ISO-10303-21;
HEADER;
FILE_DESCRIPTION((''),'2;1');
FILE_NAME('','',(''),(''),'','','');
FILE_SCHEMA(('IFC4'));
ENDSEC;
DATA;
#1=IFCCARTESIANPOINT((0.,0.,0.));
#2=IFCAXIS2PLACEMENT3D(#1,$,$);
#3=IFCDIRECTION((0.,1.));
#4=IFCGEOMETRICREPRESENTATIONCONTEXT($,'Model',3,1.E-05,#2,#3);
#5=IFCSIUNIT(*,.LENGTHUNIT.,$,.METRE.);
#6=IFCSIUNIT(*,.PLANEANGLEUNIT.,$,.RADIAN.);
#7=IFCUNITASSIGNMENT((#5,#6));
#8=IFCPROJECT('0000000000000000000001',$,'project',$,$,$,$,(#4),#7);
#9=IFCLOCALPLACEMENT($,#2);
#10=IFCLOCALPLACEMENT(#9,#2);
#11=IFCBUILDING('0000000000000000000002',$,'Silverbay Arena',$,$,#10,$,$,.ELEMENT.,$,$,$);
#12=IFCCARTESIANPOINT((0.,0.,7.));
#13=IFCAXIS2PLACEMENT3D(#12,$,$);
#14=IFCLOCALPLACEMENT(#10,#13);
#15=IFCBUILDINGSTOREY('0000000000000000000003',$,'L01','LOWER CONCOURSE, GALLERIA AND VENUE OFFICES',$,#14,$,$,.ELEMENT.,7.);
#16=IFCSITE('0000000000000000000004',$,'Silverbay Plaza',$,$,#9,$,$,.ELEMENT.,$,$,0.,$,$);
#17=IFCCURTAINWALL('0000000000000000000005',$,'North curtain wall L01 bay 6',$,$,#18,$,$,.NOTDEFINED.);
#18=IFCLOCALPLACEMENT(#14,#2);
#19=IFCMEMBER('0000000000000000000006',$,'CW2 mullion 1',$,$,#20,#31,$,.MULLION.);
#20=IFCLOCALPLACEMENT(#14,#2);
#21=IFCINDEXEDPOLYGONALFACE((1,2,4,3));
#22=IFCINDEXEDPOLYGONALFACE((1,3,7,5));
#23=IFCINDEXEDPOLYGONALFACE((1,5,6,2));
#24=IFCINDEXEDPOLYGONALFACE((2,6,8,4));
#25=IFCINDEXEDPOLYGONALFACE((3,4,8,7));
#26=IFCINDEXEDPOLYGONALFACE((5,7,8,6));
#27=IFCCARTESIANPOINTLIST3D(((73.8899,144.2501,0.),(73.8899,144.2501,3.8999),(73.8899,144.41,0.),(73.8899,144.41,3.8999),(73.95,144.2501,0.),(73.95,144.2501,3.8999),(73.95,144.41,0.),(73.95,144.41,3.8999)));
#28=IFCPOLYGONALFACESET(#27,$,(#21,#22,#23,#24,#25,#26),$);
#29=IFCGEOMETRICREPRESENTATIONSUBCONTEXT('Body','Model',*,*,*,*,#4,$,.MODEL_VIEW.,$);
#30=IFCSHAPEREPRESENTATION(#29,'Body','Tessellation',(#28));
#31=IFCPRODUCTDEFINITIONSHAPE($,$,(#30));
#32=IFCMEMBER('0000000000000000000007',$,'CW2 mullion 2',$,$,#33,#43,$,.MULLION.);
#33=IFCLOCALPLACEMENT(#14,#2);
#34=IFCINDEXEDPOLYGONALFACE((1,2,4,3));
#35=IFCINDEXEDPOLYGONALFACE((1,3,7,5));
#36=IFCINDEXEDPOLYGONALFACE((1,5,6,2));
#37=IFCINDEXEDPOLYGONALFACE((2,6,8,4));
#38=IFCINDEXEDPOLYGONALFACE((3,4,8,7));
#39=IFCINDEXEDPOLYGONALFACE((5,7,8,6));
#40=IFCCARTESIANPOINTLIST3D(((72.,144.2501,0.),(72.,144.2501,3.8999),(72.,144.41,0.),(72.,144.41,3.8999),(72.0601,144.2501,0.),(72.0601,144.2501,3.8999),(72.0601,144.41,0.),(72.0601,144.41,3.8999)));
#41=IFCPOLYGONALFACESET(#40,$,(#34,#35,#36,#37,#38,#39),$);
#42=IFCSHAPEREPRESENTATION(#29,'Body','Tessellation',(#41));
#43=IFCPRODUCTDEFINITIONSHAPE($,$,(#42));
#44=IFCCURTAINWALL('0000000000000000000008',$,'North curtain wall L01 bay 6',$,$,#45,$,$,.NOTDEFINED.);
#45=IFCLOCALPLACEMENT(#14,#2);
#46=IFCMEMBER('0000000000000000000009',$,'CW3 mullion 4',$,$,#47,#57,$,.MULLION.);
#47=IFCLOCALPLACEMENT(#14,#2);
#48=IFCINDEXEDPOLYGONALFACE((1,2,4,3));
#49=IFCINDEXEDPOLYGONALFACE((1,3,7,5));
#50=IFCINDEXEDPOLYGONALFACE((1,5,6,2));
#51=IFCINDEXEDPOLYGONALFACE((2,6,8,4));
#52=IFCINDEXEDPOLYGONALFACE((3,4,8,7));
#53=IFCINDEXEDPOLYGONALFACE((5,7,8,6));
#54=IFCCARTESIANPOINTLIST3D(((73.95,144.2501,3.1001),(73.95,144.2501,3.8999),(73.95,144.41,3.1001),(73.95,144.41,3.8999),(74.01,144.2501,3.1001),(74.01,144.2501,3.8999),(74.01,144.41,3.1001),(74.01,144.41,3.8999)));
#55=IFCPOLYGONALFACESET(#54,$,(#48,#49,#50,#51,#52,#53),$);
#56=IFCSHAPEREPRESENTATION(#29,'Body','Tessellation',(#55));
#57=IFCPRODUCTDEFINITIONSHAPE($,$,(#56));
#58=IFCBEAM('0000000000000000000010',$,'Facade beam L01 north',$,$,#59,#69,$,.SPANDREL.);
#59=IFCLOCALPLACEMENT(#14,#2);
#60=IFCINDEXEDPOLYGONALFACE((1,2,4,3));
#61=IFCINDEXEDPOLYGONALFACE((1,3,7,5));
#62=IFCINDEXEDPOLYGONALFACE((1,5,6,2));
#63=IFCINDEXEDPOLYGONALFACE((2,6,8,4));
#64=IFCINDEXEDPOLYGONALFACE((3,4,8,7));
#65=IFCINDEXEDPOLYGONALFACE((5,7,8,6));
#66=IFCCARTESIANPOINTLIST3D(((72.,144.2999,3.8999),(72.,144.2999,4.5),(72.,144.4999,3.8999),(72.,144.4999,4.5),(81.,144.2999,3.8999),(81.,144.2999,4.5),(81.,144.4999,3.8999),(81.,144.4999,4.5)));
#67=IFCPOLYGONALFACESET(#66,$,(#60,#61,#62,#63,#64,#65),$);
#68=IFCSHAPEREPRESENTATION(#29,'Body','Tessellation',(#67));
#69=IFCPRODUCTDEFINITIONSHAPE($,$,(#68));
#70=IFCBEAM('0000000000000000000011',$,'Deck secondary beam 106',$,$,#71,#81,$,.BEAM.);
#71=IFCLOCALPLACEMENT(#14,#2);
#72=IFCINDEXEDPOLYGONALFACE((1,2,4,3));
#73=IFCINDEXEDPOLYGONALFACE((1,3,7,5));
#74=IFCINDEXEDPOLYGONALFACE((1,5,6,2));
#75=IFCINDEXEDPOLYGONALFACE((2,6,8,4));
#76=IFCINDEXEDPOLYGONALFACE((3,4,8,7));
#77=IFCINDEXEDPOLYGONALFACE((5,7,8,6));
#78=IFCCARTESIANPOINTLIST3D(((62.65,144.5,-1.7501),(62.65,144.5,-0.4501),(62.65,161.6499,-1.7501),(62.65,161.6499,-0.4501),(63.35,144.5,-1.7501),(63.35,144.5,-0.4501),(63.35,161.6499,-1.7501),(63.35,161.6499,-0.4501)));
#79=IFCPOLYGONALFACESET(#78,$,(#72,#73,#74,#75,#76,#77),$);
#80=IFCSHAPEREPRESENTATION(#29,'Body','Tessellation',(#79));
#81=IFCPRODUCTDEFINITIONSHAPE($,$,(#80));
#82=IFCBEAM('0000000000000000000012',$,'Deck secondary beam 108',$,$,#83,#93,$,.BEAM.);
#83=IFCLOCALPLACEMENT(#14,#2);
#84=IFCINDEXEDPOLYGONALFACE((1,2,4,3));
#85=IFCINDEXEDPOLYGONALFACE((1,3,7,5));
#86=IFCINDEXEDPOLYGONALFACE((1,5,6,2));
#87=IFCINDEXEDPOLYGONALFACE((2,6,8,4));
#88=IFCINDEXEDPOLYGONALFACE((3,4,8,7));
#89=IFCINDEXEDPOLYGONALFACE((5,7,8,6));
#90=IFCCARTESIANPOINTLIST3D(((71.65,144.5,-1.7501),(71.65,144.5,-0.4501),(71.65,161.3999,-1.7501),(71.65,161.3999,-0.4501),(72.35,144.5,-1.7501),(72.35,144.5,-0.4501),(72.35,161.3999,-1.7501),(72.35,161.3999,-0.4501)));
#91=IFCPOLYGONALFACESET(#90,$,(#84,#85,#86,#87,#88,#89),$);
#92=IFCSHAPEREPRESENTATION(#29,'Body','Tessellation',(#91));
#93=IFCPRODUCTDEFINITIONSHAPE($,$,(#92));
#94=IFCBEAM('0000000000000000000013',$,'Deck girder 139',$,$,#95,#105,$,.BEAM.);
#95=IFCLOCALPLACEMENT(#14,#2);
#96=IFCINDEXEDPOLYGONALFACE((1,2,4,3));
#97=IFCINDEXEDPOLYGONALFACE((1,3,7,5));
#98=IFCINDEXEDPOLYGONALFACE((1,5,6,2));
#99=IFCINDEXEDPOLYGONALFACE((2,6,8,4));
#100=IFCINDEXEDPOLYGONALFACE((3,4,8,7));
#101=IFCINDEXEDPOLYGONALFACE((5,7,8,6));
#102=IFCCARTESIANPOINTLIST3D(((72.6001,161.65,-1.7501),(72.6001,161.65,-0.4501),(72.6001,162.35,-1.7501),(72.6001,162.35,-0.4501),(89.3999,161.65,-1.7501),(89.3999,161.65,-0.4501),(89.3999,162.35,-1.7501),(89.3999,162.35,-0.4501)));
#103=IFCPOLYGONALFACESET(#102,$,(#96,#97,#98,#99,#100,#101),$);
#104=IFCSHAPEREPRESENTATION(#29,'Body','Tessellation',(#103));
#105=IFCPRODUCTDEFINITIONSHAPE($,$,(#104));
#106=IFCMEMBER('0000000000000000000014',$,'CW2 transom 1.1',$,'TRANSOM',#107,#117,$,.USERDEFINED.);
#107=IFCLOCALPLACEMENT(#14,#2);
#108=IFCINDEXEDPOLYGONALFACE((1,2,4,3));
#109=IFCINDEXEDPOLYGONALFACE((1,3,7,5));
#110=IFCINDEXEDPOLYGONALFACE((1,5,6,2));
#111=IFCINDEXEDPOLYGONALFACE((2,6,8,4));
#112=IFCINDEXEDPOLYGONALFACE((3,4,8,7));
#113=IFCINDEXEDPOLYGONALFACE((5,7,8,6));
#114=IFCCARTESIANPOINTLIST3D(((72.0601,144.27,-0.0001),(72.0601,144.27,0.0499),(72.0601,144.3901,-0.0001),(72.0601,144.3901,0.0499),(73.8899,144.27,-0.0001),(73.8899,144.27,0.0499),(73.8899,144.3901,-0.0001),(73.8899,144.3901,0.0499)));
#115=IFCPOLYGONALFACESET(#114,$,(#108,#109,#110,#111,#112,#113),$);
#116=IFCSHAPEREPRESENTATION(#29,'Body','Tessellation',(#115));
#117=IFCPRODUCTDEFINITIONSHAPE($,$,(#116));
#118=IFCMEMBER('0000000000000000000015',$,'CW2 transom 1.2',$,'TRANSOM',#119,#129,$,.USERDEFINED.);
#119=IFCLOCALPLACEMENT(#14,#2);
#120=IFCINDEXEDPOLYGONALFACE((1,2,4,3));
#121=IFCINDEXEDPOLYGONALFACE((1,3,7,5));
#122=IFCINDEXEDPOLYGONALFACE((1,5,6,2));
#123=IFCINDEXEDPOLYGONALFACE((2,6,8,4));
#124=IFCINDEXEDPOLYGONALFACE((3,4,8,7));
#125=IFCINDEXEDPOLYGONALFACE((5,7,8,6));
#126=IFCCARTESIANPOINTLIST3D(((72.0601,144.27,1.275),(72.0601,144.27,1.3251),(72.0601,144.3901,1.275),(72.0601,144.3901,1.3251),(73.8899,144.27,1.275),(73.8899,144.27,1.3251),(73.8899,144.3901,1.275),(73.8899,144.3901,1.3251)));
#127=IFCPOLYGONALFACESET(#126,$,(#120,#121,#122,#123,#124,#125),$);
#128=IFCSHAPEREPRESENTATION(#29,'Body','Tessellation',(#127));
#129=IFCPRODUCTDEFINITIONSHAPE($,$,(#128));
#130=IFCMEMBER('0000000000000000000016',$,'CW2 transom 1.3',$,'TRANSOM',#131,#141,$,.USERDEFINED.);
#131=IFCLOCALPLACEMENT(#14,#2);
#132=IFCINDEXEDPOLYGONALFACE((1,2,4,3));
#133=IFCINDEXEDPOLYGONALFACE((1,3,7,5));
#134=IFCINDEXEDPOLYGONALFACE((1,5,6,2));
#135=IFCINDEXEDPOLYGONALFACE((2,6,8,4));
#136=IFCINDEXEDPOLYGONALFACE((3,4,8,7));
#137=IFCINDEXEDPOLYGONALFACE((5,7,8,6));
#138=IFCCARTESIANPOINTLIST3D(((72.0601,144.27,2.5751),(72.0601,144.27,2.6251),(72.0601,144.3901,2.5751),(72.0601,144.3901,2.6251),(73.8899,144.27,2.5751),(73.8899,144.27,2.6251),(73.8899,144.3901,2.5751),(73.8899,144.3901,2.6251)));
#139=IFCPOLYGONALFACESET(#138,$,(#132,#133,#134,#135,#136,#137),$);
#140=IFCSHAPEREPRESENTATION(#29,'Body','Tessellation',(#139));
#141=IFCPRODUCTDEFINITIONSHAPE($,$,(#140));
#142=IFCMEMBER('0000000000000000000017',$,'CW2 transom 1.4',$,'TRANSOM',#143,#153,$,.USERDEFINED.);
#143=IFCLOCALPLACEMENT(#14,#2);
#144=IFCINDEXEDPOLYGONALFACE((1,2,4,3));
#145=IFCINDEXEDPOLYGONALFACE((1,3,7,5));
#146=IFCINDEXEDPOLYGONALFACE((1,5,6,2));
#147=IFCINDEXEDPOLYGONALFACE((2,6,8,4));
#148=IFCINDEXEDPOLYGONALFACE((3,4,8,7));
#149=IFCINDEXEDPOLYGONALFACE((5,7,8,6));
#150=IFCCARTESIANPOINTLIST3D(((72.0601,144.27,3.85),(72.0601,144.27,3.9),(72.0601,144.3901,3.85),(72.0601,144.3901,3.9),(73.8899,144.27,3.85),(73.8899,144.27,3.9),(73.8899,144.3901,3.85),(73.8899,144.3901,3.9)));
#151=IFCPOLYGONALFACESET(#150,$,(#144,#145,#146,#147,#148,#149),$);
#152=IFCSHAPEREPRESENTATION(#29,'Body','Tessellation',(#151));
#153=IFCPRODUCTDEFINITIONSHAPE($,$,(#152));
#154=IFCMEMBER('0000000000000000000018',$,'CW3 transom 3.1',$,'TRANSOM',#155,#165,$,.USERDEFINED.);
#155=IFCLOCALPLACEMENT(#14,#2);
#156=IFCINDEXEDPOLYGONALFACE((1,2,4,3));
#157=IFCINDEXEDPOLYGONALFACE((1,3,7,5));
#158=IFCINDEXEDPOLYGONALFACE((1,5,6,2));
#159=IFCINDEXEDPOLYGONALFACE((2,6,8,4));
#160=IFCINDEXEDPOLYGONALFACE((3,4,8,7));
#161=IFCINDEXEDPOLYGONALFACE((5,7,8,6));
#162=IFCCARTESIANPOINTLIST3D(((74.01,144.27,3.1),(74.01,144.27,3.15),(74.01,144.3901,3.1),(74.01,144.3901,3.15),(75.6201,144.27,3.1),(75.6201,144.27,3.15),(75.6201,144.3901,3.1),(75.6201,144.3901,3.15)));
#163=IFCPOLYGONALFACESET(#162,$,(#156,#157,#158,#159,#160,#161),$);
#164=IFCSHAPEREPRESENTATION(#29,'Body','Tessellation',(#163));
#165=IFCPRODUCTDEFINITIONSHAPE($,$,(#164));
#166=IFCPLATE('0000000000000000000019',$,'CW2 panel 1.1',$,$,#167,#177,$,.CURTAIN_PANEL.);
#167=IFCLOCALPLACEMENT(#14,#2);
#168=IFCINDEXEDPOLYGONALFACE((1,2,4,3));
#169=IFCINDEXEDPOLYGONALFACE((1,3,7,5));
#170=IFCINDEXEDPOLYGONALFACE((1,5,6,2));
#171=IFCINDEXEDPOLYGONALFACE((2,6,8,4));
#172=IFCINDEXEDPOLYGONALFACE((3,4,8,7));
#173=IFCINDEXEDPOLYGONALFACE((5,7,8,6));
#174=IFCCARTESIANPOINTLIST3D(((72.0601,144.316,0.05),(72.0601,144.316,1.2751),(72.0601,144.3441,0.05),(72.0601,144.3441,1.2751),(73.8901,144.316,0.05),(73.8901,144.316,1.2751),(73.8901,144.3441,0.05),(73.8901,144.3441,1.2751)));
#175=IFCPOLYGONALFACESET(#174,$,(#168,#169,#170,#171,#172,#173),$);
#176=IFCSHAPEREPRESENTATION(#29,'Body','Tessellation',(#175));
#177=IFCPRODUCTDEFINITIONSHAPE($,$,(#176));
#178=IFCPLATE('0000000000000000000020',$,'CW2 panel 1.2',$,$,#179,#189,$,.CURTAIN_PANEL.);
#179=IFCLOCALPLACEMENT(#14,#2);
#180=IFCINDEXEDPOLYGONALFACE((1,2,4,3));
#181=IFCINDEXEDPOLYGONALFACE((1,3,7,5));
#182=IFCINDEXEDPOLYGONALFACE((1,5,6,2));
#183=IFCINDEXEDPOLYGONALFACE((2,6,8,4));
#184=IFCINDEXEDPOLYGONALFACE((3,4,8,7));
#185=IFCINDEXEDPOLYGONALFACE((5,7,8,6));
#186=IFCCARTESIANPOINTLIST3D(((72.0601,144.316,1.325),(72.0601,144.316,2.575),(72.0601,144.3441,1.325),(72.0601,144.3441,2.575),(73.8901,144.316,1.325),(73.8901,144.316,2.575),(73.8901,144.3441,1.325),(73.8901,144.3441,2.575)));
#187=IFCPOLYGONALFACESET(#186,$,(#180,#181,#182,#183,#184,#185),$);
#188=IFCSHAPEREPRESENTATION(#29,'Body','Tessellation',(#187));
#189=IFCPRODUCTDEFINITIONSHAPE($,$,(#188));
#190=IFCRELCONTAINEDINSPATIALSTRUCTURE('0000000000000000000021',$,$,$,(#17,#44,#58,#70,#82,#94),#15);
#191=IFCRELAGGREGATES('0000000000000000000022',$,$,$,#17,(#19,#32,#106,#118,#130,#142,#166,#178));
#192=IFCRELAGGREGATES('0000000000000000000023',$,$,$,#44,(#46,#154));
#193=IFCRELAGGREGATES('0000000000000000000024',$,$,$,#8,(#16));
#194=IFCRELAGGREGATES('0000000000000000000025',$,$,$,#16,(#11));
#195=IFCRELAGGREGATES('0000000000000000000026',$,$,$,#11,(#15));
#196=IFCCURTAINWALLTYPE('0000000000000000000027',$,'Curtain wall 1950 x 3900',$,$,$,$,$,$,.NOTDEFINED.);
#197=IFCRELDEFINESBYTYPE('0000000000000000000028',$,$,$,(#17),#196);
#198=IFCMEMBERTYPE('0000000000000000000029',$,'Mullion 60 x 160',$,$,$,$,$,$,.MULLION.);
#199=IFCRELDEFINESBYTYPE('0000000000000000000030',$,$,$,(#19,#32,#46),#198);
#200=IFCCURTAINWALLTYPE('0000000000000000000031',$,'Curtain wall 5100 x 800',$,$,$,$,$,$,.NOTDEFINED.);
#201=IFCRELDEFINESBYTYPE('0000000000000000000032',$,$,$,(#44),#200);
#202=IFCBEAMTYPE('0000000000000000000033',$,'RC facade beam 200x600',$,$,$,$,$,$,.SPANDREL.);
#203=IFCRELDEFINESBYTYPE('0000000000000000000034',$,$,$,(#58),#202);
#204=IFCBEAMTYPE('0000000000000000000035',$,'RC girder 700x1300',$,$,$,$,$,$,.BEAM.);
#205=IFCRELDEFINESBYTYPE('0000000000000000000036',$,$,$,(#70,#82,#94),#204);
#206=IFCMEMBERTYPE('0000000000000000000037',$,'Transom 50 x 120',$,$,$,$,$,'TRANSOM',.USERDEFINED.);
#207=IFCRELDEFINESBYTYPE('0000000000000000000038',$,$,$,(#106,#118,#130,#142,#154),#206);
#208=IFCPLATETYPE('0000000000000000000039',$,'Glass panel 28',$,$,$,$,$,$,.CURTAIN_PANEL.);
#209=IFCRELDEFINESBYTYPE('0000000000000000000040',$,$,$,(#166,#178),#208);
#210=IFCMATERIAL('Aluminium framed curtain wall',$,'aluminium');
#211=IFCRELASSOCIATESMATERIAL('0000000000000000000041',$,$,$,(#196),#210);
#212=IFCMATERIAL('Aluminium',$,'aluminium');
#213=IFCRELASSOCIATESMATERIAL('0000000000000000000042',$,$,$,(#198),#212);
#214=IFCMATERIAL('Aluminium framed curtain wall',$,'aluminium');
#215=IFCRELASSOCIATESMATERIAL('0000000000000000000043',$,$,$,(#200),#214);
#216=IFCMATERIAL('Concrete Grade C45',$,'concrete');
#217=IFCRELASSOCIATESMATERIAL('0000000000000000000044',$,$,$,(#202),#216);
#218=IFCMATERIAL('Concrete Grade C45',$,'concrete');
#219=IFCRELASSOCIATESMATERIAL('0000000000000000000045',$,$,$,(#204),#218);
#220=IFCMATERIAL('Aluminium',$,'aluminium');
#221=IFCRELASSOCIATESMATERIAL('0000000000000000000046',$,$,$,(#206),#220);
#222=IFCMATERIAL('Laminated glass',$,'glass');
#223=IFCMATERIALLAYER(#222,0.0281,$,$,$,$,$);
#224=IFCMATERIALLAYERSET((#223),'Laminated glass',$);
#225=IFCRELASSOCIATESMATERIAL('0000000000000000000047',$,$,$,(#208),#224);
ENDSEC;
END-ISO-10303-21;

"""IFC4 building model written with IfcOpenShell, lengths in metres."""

from ifc_helpers import new_model, si_unit, direction, frame, origin, origin_2d, place, context, subcontext, project, spatial, rectangle, extrude, material, layer, layer_set, material_profile, profile_set, type_object, element, aggregate, save


model = new_model("IFC4")

# Units and contexts
model_context = context("Model", 3, precision=1e-05, world=origin(), true_north=direction((0.0, 1.0)))
body_context = subcontext(model_context, "Body", "Model", "MODEL_VIEW")
ifc_project = project(units=[si_unit("LENGTHUNIT", "METRE"), si_unit("PLANEANGLEUNIT", "RADIAN")], contexts=[model_context])

# Site, building, storey
site_placement = place(None, origin())
site = spatial("IfcSite", under=ifc_project, at=site_placement, Name="Silverbay Plaza", CompositionType="ELEMENT", RefElevation=0.0)
building_placement = place(site_placement, origin())
building = spatial("IfcBuilding", under=site, at=building_placement, Name="Silverbay Arena", CompositionType="ELEMENT")
storey_placement = place(building_placement, frame((0.0, 0.0, 7.0)))
storey = spatial("IfcBuildingStorey", under=building, at=storey_placement, Name="L01", Description="LOWER CONCOURSE, GALLERIA AND VENUE OFFICES", CompositionType="ELEMENT", Elevation=7.0)

# Curtain wall, members
ifc_material_1 = material(Name="Aluminium framed curtain wall", Category="aluminium")
curtain_wall_type_1 = type_object("IfcCurtainWallType", Name="Curtain wall 1950 x 3900", PredefinedType="NOTDEFINED", material=ifc_material_1)
curtain_wall_1_placement = place(storey_placement, origin())
curtain_wall_1 = element("IfcCurtainWall", 1, at=curtain_wall_1_placement, inside=storey, type_object=curtain_wall_type_1, Name="North curtain wall L01 bay 6", PredefinedType="NOTDEFINED")
ifc_material_2 = material(Name="Aluminium", Category="aluminium")
ifc_material_profile_1 = material_profile(ifc_material_2, rectangle(XDim=0.1599, YDim=0.0601, at=origin_2d()), Name="Mullion 60 x 160")
ifc_profile_set_1 = profile_set([ifc_material_profile_1], Name="Aluminium")
member_type_1 = type_object("IfcMemberType", Name="Mullion 60 x 160", PredefinedType="MULLION", material=ifc_profile_set_1)
member_1_placement = place(storey_placement, frame((73.9199, 144.3301, 0.0), z_axis=(0.0, 0.0, 1.0), x_axis=(0.0, -1.0, 0.0)))
member_1 = element("IfcMember", 2, at=member_1_placement, type_object=member_type_1, Name="CW2 mullion 1", PredefinedType="MULLION", context=body_context, shape_type="SweptSolid", body=[
    extrude(rectangle(XDim=0.1599, YDim=0.0601, at=origin_2d()), origin(), (0.0, 0.0, 1.0), 3.8999),
])
member_2_placement = place(storey_placement, frame((72.03, 144.3301, 0.0), z_axis=(0.0, 0.0, 1.0), x_axis=(0.0, -1.0, 0.0)))
member_2 = element("IfcMember", 3, at=member_2_placement, type_object=member_type_1, Name="CW2 mullion 2", PredefinedType="MULLION", context=body_context, shape_type="SweptSolid", body=[
    extrude(rectangle(XDim=0.1599, YDim=0.0601, at=origin_2d()), origin(), (0.0, 0.0, 1.0), 3.8999),
])

# Curtain wall, member
ifc_material_3 = material(Name="Aluminium framed curtain wall", Category="aluminium")
curtain_wall_type_2 = type_object("IfcCurtainWallType", Name="Curtain wall 5100 x 800", PredefinedType="NOTDEFINED", material=ifc_material_3)
curtain_wall_2_placement = place(storey_placement, origin())
curtain_wall_2 = element("IfcCurtainWall", 4, at=curtain_wall_2_placement, inside=storey, type_object=curtain_wall_type_2, Name="North curtain wall L01 bay 6", PredefinedType="NOTDEFINED")
member_3_placement = place(storey_placement, frame((73.98, 144.3301, 3.1001), z_axis=(0.0, 0.0, 1.0), x_axis=(0.0, -1.0, 0.0)))
member_3 = element("IfcMember", 5, at=member_3_placement, type_object=member_type_1, Name="CW3 mullion 4", PredefinedType="MULLION", context=body_context, shape_type="SweptSolid", body=[
    extrude(rectangle(XDim=0.1599, YDim=0.0601, at=origin_2d()), origin(), (0.0, 0.0, 1.0), 0.7998),
])

# Beams
ifc_material_4 = material(Name="Concrete Grade C45", Category="concrete")
ifc_material_profile_2 = material_profile(ifc_material_4, rectangle(XDim=0.2, YDim=0.6001, at=origin_2d()), Name="RC 200x600")
ifc_profile_set_2 = profile_set([ifc_material_profile_2], Name="Concrete Grade C45")
beam_type_1 = type_object("IfcBeamType", Name="RC facade beam 200x600", PredefinedType="SPANDREL", material=ifc_profile_set_2)
beam_1_placement = place(storey_placement, frame((72.0, 144.3999, 4.2), z_axis=(1.0, 0.0, 0.0), x_axis=(0.0, 1.0, 0.0)))
element("IfcBeam", 6, at=beam_1_placement, inside=storey, type_object=beam_type_1, Name="Facade beam L01 north", PredefinedType="SPANDREL", context=body_context, shape_type="SweptSolid", body=[
    extrude(rectangle(XDim=0.2, YDim=0.6001, at=origin_2d()), origin(), (0.0, 0.0, 1.0), 9.0),
])
ifc_material_5 = material(Name="Concrete Grade C45", Category="concrete")
ifc_material_profile_3 = material_profile(ifc_material_5, rectangle(XDim=0.7, YDim=1.3, at=origin_2d()), Name="RC 700x1300")
ifc_profile_set_3 = profile_set([ifc_material_profile_3], Name="Concrete Grade C45")
beam_type_2 = type_object("IfcBeamType", Name="RC girder 700x1300", PredefinedType="BEAM", material=ifc_profile_set_3)
beam_2_placement = place(storey_placement, frame((63.0, 144.5, -1.1001), z_axis=(0.0, 1.0, 0.0), x_axis=(-1.0, 0.0, 0.0)))
element("IfcBeam", 7, at=beam_2_placement, inside=storey, type_object=beam_type_2, Name="Deck secondary beam 106", PredefinedType="BEAM", context=body_context, shape_type="SweptSolid", body=[
    extrude(rectangle(XDim=0.7, YDim=1.3, at=origin_2d()), origin(), (0.0, 0.0, 1.0), 17.1499),
])
beam_3_placement = place(storey_placement, frame((72.0, 144.5, -1.1001), z_axis=(0.0, 1.0, 0.0), x_axis=(-1.0, 0.0, 0.0)))
element("IfcBeam", 8, at=beam_3_placement, inside=storey, type_object=beam_type_2, Name="Deck secondary beam 108", PredefinedType="BEAM", context=body_context, shape_type="SweptSolid", body=[
    extrude(rectangle(XDim=0.7, YDim=1.3, at=origin_2d()), origin(), (0.0, 0.0, 1.0), 16.8999),
])
beam_4_placement = place(storey_placement, frame((72.6001, 162.0, -1.1001), z_axis=(1.0, 0.0, 0.0), x_axis=(0.0, 1.0, 0.0)))
element("IfcBeam", 9, at=beam_4_placement, inside=storey, type_object=beam_type_2, Name="Deck girder 139", PredefinedType="BEAM", context=body_context, shape_type="SweptSolid", body=[
    extrude(rectangle(XDim=0.7, YDim=1.3, at=origin_2d()), origin(), (0.0, 0.0, 1.0), 16.7998),
])

# Members
ifc_material_6 = material(Name="Aluminium", Category="aluminium")
ifc_material_profile_4 = material_profile(ifc_material_6, rectangle(XDim=0.1201, YDim=0.05, at=origin_2d()), Name="Transom 50 x 120")
ifc_profile_set_4 = profile_set([ifc_material_profile_4], Name="Aluminium")
member_type_2 = type_object("IfcMemberType", Name="Transom 50 x 120", ElementType="TRANSOM", PredefinedType="USERDEFINED", material=ifc_profile_set_4)
member_4_placement = place(storey_placement, frame((73.8899, 144.3301, 0.0249), z_axis=(-1.0, 0.0, 0.0), x_axis=(0.0, -1.0, 0.0)))
member_4 = element("IfcMember", 10, at=member_4_placement, type_object=member_type_2, Name="CW2 transom 1.1", ObjectType="TRANSOM", PredefinedType="USERDEFINED", context=body_context, shape_type="SweptSolid", body=[
    extrude(rectangle(XDim=0.1201, YDim=0.05, at=origin_2d()), origin(), (0.0, 0.0, 1.0), 1.8298),
])
member_5_placement = place(storey_placement, frame((73.8899, 144.3301, 1.3), z_axis=(-1.0, 0.0, 0.0), x_axis=(0.0, -1.0, 0.0)))
member_5 = element("IfcMember", 11, at=member_5_placement, type_object=member_type_2, Name="CW2 transom 1.2", ObjectType="TRANSOM", PredefinedType="USERDEFINED", context=body_context, shape_type="SweptSolid", body=[
    extrude(rectangle(XDim=0.1201, YDim=0.05, at=origin_2d()), origin(), (0.0, 0.0, 1.0), 1.8298),
])
member_6_placement = place(storey_placement, frame((73.8899, 144.3301, 2.6001), z_axis=(-1.0, 0.0, 0.0), x_axis=(0.0, -1.0, 0.0)))
member_6 = element("IfcMember", 12, at=member_6_placement, type_object=member_type_2, Name="CW2 transom 1.3", ObjectType="TRANSOM", PredefinedType="USERDEFINED", context=body_context, shape_type="SweptSolid", body=[
    extrude(rectangle(XDim=0.1201, YDim=0.05, at=origin_2d()), origin(), (0.0, 0.0, 1.0), 1.8298),
])
member_7_placement = place(storey_placement, frame((73.8899, 144.3301, 3.875), z_axis=(-1.0, 0.0, 0.0), x_axis=(0.0, -1.0, 0.0)))
member_7 = element("IfcMember", 13, at=member_7_placement, type_object=member_type_2, Name="CW2 transom 1.4", ObjectType="TRANSOM", PredefinedType="USERDEFINED", context=body_context, shape_type="SweptSolid", body=[
    extrude(rectangle(XDim=0.1201, YDim=0.05, at=origin_2d()), origin(), (0.0, 0.0, 1.0), 1.8298),
])
member_8_placement = place(storey_placement, frame((75.6201, 144.3301, 3.125), z_axis=(-1.0, 0.0, 0.0), x_axis=(0.0, -1.0, 0.0)))
member_8 = element("IfcMember", 14, at=member_8_placement, type_object=member_type_2, Name="CW3 transom 3.1", ObjectType="TRANSOM", PredefinedType="USERDEFINED", context=body_context, shape_type="SweptSolid", body=[
    extrude(rectangle(XDim=0.1201, YDim=0.05, at=origin_2d()), origin(), (0.0, 0.0, 1.0), 1.6101),
])

# Plates
ifc_material_7 = material(Name="Laminated glass", Category="glass")
ifc_layer = layer(ifc_material_7, 0.0281)
ifc_layer_set = layer_set([ifc_layer], Name="Laminated glass")
plate_type = type_object("IfcPlateType", Name="Glass panel 28", PredefinedType="CURTAIN_PANEL", material=ifc_layer_set)
plate_1_placement = place(storey_placement, frame((72.9751, 144.3301, 0.05), z_axis=(0.0, 0.0, 1.0), x_axis=(-1.0, 0.0, 0.0)))
plate_1 = element("IfcPlate", 15, at=plate_1_placement, type_object=plate_type, Name="CW2 panel 1.1", PredefinedType="CURTAIN_PANEL", context=body_context, shape_type="SweptSolid", body=[
    extrude(rectangle(XDim=1.8301, YDim=0.0281, at=origin_2d()), origin(), (0.0, 0.0, 1.0), 1.2251),
])
plate_2_placement = place(storey_placement, frame((72.9751, 144.3301, 1.325), z_axis=(0.0, 0.0, 1.0), x_axis=(-1.0, 0.0, 0.0)))
plate_2 = element("IfcPlate", 16, at=plate_2_placement, type_object=plate_type, Name="CW2 panel 1.2", PredefinedType="CURTAIN_PANEL", context=body_context, shape_type="SweptSolid", body=[
    extrude(rectangle(XDim=1.8301, YDim=0.0281, at=origin_2d()), origin(), (0.0, 0.0, 1.0), 1.25),
])
aggregate(curtain_wall_1, [member_1, member_2, member_4, member_5, member_6, member_7, plate_1, plate_2])
aggregate(curtain_wall_2, [member_3, member_8])

save(model, "model.ifc")
